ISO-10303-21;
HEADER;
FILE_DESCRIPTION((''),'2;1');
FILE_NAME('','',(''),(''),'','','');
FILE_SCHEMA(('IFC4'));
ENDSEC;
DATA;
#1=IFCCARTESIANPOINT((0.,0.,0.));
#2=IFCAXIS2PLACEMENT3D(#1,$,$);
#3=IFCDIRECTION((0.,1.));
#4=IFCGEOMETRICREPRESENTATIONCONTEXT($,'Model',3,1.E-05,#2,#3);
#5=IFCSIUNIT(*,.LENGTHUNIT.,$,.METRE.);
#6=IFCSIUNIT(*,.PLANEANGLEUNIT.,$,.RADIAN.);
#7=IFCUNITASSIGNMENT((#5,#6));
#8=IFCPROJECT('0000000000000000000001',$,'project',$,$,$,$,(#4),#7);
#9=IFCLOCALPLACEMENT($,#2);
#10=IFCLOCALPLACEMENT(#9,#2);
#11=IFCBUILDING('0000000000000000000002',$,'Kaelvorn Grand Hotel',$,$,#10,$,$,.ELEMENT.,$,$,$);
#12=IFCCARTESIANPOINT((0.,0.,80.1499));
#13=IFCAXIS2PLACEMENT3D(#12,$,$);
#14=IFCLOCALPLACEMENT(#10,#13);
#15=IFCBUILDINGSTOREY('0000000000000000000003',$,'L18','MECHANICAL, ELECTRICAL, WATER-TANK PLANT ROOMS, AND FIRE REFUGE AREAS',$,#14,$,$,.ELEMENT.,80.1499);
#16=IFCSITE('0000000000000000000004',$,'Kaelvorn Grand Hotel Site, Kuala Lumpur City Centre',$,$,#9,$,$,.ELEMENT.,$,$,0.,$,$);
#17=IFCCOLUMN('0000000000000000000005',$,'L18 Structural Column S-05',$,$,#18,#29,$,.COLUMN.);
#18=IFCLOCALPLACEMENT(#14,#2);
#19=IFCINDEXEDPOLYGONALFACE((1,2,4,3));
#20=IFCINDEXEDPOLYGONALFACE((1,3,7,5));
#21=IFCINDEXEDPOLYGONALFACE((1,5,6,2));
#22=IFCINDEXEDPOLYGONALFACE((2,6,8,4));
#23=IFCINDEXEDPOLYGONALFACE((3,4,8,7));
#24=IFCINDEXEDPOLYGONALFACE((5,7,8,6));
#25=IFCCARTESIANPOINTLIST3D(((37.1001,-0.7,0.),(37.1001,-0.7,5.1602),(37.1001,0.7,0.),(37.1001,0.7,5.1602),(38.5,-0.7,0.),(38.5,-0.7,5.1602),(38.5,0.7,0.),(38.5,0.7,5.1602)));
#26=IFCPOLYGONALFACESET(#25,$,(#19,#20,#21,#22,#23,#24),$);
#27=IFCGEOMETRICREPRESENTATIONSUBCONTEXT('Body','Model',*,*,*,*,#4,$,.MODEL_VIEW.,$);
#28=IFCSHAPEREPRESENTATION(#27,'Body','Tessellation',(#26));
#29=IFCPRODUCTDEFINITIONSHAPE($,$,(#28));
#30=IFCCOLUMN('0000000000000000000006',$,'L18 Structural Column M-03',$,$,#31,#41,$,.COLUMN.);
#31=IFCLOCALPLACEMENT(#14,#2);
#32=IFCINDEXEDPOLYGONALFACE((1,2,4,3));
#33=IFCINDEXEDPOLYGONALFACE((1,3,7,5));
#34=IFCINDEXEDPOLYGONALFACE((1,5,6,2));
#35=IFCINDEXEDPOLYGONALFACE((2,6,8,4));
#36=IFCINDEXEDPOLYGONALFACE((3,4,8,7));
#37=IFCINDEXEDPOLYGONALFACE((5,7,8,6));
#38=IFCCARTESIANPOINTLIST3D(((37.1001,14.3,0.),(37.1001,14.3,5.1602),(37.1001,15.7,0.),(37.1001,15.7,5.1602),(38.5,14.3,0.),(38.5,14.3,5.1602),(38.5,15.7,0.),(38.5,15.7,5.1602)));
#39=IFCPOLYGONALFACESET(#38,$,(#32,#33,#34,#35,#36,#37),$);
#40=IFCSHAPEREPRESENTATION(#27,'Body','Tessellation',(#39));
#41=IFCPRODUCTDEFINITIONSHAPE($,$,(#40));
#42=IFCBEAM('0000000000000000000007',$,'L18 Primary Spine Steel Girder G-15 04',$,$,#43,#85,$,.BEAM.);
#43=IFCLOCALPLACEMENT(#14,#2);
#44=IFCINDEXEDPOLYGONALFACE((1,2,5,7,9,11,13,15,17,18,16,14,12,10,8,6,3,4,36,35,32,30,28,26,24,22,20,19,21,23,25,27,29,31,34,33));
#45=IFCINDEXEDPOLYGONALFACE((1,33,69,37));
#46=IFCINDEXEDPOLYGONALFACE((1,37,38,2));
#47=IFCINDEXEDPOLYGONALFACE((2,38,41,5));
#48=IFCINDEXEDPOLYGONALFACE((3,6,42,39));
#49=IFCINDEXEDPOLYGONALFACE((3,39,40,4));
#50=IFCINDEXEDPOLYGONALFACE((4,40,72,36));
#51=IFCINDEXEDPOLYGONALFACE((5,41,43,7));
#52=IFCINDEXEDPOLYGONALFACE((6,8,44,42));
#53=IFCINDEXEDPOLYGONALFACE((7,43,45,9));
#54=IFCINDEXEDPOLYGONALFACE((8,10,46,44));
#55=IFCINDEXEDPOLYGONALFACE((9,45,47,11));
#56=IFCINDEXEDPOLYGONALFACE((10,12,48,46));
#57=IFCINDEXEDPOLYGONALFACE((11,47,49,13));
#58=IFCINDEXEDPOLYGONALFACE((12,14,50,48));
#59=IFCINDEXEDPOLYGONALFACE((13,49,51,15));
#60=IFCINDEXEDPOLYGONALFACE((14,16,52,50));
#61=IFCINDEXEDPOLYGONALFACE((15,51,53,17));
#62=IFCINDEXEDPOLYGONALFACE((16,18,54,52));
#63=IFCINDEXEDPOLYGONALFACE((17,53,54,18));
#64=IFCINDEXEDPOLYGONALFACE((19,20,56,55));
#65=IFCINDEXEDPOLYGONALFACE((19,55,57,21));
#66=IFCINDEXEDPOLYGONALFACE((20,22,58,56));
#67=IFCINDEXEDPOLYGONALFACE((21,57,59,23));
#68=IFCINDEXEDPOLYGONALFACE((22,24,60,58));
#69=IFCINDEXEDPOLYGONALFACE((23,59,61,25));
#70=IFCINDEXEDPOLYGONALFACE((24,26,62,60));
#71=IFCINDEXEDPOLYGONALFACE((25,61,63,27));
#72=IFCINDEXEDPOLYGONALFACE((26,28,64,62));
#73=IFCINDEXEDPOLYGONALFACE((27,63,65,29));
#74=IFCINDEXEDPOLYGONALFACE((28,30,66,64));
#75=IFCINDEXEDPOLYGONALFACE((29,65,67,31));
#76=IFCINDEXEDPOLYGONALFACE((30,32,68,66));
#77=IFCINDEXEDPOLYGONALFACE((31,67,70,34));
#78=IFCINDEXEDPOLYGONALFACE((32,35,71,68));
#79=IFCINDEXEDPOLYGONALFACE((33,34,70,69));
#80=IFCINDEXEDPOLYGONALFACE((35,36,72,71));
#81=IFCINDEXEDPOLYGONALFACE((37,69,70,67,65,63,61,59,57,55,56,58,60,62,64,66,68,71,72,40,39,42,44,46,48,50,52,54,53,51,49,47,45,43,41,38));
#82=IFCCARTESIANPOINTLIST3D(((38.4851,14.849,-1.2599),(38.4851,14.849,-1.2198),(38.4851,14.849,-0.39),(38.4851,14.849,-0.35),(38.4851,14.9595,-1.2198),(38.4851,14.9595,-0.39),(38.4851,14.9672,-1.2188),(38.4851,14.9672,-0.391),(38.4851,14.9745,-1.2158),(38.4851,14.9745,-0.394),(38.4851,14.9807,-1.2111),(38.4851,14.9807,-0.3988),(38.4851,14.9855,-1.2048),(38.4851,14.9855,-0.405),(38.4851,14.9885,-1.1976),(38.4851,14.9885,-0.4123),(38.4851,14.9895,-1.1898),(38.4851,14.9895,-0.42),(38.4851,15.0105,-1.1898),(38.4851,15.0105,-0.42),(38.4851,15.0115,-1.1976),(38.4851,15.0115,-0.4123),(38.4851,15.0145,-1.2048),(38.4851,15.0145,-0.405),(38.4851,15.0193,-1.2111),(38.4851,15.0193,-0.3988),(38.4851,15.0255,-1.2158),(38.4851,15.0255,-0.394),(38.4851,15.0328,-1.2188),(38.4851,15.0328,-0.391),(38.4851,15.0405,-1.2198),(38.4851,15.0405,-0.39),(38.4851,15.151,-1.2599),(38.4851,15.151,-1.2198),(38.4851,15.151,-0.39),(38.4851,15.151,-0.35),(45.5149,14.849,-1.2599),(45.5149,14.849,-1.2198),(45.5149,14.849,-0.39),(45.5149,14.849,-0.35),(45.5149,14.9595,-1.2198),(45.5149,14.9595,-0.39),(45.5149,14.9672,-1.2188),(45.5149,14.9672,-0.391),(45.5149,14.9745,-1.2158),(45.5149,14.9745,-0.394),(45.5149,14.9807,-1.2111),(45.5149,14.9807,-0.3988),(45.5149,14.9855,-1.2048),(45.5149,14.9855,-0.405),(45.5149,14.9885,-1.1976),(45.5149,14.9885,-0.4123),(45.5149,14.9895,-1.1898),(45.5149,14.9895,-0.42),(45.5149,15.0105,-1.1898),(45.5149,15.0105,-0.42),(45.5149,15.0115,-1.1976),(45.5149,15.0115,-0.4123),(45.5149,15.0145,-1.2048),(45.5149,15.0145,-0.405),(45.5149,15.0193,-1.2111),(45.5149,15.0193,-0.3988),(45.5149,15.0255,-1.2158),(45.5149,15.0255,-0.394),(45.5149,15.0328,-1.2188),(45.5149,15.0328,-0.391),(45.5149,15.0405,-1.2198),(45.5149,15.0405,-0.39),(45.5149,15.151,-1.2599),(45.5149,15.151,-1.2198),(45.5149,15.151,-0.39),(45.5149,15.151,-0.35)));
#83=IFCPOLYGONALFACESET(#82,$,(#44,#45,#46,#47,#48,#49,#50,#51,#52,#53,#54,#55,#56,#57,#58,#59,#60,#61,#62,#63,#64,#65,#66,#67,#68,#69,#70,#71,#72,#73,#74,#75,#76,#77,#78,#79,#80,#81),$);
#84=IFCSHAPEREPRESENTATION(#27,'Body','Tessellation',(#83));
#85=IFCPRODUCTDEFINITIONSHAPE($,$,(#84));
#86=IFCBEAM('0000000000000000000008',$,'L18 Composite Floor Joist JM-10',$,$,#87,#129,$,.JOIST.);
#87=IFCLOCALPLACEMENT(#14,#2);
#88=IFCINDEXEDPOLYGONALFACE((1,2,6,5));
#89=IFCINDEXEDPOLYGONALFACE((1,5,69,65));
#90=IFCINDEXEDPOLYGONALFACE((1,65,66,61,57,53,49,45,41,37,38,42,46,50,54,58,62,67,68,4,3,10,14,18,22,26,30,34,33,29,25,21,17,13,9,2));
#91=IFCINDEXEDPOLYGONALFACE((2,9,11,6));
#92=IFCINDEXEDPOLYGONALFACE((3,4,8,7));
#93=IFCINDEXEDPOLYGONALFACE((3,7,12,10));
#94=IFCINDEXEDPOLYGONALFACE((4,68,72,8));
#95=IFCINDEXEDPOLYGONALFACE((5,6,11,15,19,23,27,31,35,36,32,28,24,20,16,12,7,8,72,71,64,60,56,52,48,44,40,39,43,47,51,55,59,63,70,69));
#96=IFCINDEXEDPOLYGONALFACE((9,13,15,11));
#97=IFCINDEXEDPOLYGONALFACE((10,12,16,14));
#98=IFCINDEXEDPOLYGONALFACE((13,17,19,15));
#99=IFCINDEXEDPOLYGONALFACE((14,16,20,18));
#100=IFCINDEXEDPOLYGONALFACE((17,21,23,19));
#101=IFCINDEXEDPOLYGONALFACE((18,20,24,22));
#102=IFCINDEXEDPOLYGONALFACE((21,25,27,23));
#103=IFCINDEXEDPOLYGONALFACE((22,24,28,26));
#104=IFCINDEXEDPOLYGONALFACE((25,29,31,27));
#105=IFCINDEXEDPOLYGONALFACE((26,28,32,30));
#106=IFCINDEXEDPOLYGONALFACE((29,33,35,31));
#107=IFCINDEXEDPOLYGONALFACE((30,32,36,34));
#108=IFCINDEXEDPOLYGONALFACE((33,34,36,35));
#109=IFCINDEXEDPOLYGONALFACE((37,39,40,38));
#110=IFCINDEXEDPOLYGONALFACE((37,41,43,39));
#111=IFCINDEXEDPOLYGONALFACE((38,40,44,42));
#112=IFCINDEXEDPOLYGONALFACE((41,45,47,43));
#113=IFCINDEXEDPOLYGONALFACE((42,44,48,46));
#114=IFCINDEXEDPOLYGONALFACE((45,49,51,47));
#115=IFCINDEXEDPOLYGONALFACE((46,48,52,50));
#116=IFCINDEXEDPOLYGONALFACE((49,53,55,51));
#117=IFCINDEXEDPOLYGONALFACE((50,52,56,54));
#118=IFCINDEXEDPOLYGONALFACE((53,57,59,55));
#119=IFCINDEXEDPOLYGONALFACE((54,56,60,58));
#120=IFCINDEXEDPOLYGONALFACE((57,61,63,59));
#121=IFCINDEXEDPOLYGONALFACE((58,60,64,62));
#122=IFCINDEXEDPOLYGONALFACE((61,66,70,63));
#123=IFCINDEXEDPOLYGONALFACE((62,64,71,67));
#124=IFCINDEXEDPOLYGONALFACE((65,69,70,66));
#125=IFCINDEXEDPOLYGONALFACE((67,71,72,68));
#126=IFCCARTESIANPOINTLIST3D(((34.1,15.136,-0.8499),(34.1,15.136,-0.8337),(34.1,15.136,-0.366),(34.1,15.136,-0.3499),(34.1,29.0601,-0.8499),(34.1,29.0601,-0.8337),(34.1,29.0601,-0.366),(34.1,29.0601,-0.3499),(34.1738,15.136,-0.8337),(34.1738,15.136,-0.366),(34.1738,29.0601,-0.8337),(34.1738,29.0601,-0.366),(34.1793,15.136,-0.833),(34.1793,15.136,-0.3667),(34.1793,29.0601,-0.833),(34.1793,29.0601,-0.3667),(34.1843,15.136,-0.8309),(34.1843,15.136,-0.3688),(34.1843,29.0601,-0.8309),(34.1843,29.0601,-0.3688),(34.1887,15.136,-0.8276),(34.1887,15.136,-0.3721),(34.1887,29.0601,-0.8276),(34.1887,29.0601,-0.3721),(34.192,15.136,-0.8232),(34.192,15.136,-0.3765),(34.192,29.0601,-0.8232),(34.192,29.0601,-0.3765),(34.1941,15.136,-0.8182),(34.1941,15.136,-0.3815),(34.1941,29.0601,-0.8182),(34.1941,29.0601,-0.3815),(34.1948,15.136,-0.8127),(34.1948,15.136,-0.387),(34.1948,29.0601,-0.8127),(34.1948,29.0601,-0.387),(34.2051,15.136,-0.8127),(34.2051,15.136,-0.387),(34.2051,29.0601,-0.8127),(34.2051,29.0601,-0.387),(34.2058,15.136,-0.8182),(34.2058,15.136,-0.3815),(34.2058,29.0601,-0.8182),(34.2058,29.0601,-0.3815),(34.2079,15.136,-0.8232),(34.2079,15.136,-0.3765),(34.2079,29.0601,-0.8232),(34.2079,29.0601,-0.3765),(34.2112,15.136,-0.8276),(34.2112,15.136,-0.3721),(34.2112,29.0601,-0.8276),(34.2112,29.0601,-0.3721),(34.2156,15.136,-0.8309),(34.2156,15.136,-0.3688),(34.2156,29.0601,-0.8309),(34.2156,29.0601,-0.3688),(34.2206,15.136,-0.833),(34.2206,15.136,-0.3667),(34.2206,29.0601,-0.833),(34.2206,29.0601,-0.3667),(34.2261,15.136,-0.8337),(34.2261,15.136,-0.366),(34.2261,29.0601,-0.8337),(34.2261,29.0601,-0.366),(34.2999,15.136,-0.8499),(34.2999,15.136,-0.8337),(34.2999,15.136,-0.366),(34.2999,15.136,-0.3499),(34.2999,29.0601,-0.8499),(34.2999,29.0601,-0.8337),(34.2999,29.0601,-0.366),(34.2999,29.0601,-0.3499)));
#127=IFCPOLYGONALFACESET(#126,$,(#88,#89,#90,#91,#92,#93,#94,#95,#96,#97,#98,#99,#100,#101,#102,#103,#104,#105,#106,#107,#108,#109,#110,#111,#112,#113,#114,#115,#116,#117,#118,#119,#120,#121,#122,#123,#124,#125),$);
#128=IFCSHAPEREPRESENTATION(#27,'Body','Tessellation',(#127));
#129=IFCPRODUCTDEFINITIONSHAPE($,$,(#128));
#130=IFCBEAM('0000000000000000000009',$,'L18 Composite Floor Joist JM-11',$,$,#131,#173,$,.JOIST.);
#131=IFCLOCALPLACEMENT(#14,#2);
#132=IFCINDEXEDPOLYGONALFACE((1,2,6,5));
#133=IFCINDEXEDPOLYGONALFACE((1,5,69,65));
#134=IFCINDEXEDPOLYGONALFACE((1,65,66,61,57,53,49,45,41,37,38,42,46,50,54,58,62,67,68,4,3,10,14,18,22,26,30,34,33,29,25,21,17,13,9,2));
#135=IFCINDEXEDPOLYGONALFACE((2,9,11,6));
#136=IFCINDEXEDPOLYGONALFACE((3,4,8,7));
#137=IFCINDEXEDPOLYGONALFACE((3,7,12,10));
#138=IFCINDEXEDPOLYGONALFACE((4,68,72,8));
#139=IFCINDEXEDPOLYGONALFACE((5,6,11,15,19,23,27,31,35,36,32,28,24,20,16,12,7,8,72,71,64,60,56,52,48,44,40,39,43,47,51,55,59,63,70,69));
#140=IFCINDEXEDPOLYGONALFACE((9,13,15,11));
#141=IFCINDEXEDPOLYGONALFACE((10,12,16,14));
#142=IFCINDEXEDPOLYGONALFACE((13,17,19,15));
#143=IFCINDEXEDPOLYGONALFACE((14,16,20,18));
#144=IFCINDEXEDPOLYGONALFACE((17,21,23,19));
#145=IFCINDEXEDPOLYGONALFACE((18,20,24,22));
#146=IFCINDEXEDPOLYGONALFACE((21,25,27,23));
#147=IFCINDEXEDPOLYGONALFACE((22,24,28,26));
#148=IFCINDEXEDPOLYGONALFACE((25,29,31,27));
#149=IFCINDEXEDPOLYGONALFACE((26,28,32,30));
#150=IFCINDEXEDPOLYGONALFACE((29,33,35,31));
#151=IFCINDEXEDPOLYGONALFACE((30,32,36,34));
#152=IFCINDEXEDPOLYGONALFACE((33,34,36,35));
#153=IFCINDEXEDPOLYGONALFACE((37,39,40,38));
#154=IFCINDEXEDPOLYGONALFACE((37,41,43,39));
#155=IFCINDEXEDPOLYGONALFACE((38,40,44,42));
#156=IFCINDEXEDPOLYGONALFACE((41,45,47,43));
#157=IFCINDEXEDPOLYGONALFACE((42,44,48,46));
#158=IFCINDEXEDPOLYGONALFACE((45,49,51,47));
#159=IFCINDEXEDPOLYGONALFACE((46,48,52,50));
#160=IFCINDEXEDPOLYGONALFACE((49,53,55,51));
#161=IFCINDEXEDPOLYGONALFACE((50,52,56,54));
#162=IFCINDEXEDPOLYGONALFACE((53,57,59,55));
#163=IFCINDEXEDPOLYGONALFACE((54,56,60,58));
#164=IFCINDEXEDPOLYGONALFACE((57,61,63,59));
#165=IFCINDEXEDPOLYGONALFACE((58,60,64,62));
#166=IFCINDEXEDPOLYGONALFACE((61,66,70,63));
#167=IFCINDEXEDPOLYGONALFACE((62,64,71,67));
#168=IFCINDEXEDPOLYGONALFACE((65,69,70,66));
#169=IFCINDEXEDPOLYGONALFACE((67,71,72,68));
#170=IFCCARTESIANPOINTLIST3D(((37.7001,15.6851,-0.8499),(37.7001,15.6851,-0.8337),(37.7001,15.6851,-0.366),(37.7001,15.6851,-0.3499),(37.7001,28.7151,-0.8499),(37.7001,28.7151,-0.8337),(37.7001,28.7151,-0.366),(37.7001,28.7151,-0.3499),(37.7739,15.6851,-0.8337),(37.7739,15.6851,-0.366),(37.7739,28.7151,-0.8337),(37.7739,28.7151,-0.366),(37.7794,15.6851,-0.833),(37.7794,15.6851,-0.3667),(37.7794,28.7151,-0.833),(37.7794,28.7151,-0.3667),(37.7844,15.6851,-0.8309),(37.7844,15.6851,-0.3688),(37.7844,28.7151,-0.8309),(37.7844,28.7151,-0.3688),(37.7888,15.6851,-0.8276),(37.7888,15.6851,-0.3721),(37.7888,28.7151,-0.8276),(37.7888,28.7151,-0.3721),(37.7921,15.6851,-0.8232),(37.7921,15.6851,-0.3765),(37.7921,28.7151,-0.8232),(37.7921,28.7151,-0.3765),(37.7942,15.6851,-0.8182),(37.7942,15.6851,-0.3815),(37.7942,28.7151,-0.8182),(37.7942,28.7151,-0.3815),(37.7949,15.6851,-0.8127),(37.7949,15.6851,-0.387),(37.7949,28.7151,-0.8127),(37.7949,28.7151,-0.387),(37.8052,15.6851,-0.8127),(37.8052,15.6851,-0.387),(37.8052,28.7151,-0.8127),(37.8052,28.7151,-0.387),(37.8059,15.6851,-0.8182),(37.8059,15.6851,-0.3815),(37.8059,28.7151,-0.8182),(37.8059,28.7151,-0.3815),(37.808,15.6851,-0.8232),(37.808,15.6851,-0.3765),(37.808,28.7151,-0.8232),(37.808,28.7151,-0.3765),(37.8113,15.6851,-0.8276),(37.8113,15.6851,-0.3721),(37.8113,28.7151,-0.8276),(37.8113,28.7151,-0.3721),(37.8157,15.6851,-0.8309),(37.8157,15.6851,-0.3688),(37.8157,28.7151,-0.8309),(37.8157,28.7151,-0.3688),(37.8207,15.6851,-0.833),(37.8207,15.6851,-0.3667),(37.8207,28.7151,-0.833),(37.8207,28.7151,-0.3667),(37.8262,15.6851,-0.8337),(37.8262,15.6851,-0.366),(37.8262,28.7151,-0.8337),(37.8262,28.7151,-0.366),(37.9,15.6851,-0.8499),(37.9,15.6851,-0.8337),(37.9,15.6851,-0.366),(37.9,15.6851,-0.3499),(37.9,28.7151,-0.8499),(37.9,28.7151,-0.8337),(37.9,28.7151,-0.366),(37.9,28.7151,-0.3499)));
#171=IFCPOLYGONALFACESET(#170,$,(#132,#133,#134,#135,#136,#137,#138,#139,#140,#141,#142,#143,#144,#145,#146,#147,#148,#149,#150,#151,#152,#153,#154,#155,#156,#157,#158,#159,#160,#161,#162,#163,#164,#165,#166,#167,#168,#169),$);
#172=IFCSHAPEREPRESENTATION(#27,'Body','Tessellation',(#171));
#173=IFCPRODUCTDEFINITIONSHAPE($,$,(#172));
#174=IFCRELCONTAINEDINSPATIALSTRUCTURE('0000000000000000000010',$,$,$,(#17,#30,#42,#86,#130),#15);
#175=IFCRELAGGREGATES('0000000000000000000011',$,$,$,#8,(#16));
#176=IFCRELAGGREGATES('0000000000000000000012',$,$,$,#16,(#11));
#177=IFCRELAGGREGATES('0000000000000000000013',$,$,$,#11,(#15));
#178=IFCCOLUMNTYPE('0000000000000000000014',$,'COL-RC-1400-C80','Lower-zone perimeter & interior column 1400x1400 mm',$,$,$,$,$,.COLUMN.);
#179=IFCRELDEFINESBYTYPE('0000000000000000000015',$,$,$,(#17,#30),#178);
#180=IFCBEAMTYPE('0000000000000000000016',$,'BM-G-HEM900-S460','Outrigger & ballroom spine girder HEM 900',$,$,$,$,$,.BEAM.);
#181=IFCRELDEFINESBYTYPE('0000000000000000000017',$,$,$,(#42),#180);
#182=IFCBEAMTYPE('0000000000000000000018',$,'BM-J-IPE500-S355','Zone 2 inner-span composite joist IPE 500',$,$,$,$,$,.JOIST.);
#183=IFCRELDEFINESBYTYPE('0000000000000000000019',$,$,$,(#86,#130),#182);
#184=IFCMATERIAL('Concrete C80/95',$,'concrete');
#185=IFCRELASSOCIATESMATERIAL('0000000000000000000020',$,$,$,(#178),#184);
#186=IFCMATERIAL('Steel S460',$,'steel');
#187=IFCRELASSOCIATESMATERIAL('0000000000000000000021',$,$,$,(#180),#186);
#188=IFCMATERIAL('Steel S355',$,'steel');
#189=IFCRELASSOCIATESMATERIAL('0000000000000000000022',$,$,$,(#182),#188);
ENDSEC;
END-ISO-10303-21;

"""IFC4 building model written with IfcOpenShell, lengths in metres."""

from ifc_helpers import new_model, si_unit, direction, frame, origin, origin_2d, place, context, subcontext, project, spatial, rectangle, i_section, extrude, material, material_profile, profile_set, type_object, element, save


model = new_model("IFC4")

# Units and contexts
model_context = context("Model", 3, precision=1e-05, world=origin(), true_north=direction((0.0, 1.0)))
body_context = subcontext(model_context, "Body", "Model", "MODEL_VIEW")
ifc_project = project(units=[si_unit("LENGTHUNIT", "METRE"), si_unit("PLANEANGLEUNIT", "RADIAN")], contexts=[model_context])

# Site, building, storey
site_placement = place(None, origin())
site = spatial("IfcSite", under=ifc_project, at=site_placement, Name="Kaelvorn Grand Hotel Site, Kuala Lumpur City Centre", CompositionType="ELEMENT", RefElevation=0.0)
building_placement = place(site_placement, origin())
building = spatial("IfcBuilding", under=site, at=building_placement, Name="Kaelvorn Grand Hotel", CompositionType="ELEMENT")
storey_placement = place(building_placement, frame((0.0, 0.0, 80.1499)))
storey = spatial("IfcBuildingStorey", under=building, at=storey_placement, Name="L18", Description="MECHANICAL, ELECTRICAL, WATER-TANK PLANT ROOMS, AND FIRE REFUGE AREAS", CompositionType="ELEMENT", Elevation=80.1499)

# Columns
ifc_material_1 = material(Name="Concrete C80/95", Category="concrete")
ifc_material_profile_1 = material_profile(ifc_material_1, rectangle(XDim=1.3999, YDim=1.3999, at=origin_2d()), Name="RC COL 1400x1400")
ifc_profile_set_1 = profile_set([ifc_material_profile_1], Name="Concrete C80/95")
column_type = type_object("IfcColumnType", Name="COL-RC-1400-C80", Description="Lower-zone perimeter & interior column 1400x1400 mm", PredefinedType="COLUMN", material=ifc_profile_set_1)
for number, where, z_axis, x_axis, name in (
    (1, (37.8, 0.0, 0.0), (0.0, 0.0, 1.0), (1.0, 0.0, 0.0), "L18 Structural Column S-05"),
    (2, (37.8, 15.0, 0.0), (0.0, 0.0, 1.0), (1.0, 0.0, 0.0), "L18 Structural Column M-03"),
):
    element("IfcColumn", number, at=place(storey_placement, frame(where, z_axis=z_axis, x_axis=x_axis)), inside=storey, type_object=column_type, Name=name, PredefinedType="COLUMN", context=body_context, shape_type="SweptSolid", body=[
        extrude(rectangle(XDim=1.3999, YDim=1.3999, at=origin_2d()), origin(), (0.0, 0.0, 1.0), 5.1602),
    ])

# Beams
ifc_material_2 = material(Name="Steel S460", Category="steel")
ifc_material_profile_2 = material_profile(ifc_material_2, i_section(OverallWidth=0.302, OverallDepth=0.9099, WebThickness=0.021, FlangeThickness=0.04, FilletRadius=0.03, at=origin_2d()), Name="HEM 900")
ifc_profile_set_2 = profile_set([ifc_material_profile_2], Name="Steel S460")
beam_type_1 = type_object("IfcBeamType", Name="BM-G-HEM900-S460", Description="Outrigger & ballroom spine girder HEM 900", PredefinedType="BEAM", material=ifc_profile_set_2)
beam_1_placement = place(storey_placement, frame((38.4851, 15.0, -0.8049), z_axis=(1.0, 0.0, 0.0), x_axis=(0.0, 1.0, 0.0)))
element("IfcBeam", 3, at=beam_1_placement, inside=storey, type_object=beam_type_1, Name="L18 Primary Spine Steel Girder G-15 04", PredefinedType="BEAM", context=body_context, shape_type="SweptSolid", body=[
    extrude(i_section(OverallWidth=0.302, OverallDepth=0.9099, WebThickness=0.021, FlangeThickness=0.04, FilletRadius=0.03, at=origin_2d()), origin(), (0.0, 0.0, 1.0), 7.0298),
])
ifc_material_3 = material(Name="Steel S355", Category="steel")
ifc_material_profile_3 = material_profile(ifc_material_3, i_section(OverallWidth=0.2, OverallDepth=0.5, WebThickness=0.0103, FlangeThickness=0.0161, FilletRadius=0.021, at=origin_2d()), Name="IPE 500")
ifc_profile_set_3 = profile_set([ifc_material_profile_3], Name="Steel S355")
beam_type_2 = type_object("IfcBeamType", Name="BM-J-IPE500-S355", Description="Zone 2 inner-span composite joist IPE 500", PredefinedType="JOIST", material=ifc_profile_set_3)
beam_2_placement = place(storey_placement, frame((34.2, 15.136, -0.5999), z_axis=(0.0, 1.0, 0.0), x_axis=(-1.0, 0.0, 0.0)))
element("IfcBeam", 4, at=beam_2_placement, inside=storey, type_object=beam_type_2, Name="L18 Composite Floor Joist JM-10", PredefinedType="JOIST", context=body_context, shape_type="SweptSolid", body=[
    extrude(i_section(OverallWidth=0.2, OverallDepth=0.5, WebThickness=0.0103, FlangeThickness=0.0161, FilletRadius=0.021, at=origin_2d()), origin(), (0.0, 0.0, 1.0), 13.9241),
])
beam_3_placement = place(storey_placement, frame((37.8, 15.6851, -0.5999), z_axis=(0.0, 1.0, 0.0), x_axis=(-1.0, 0.0, 0.0)))
element("IfcBeam", 5, at=beam_3_placement, inside=storey, type_object=beam_type_2, Name="L18 Composite Floor Joist JM-11", PredefinedType="JOIST", context=body_context, shape_type="SweptSolid", body=[
    extrude(i_section(OverallWidth=0.2, OverallDepth=0.5, WebThickness=0.0103, FlangeThickness=0.0161, FilletRadius=0.021, at=origin_2d()), origin(), (0.0, 0.0, 1.0), 13.03),
])

save(model, "model.ifc")
